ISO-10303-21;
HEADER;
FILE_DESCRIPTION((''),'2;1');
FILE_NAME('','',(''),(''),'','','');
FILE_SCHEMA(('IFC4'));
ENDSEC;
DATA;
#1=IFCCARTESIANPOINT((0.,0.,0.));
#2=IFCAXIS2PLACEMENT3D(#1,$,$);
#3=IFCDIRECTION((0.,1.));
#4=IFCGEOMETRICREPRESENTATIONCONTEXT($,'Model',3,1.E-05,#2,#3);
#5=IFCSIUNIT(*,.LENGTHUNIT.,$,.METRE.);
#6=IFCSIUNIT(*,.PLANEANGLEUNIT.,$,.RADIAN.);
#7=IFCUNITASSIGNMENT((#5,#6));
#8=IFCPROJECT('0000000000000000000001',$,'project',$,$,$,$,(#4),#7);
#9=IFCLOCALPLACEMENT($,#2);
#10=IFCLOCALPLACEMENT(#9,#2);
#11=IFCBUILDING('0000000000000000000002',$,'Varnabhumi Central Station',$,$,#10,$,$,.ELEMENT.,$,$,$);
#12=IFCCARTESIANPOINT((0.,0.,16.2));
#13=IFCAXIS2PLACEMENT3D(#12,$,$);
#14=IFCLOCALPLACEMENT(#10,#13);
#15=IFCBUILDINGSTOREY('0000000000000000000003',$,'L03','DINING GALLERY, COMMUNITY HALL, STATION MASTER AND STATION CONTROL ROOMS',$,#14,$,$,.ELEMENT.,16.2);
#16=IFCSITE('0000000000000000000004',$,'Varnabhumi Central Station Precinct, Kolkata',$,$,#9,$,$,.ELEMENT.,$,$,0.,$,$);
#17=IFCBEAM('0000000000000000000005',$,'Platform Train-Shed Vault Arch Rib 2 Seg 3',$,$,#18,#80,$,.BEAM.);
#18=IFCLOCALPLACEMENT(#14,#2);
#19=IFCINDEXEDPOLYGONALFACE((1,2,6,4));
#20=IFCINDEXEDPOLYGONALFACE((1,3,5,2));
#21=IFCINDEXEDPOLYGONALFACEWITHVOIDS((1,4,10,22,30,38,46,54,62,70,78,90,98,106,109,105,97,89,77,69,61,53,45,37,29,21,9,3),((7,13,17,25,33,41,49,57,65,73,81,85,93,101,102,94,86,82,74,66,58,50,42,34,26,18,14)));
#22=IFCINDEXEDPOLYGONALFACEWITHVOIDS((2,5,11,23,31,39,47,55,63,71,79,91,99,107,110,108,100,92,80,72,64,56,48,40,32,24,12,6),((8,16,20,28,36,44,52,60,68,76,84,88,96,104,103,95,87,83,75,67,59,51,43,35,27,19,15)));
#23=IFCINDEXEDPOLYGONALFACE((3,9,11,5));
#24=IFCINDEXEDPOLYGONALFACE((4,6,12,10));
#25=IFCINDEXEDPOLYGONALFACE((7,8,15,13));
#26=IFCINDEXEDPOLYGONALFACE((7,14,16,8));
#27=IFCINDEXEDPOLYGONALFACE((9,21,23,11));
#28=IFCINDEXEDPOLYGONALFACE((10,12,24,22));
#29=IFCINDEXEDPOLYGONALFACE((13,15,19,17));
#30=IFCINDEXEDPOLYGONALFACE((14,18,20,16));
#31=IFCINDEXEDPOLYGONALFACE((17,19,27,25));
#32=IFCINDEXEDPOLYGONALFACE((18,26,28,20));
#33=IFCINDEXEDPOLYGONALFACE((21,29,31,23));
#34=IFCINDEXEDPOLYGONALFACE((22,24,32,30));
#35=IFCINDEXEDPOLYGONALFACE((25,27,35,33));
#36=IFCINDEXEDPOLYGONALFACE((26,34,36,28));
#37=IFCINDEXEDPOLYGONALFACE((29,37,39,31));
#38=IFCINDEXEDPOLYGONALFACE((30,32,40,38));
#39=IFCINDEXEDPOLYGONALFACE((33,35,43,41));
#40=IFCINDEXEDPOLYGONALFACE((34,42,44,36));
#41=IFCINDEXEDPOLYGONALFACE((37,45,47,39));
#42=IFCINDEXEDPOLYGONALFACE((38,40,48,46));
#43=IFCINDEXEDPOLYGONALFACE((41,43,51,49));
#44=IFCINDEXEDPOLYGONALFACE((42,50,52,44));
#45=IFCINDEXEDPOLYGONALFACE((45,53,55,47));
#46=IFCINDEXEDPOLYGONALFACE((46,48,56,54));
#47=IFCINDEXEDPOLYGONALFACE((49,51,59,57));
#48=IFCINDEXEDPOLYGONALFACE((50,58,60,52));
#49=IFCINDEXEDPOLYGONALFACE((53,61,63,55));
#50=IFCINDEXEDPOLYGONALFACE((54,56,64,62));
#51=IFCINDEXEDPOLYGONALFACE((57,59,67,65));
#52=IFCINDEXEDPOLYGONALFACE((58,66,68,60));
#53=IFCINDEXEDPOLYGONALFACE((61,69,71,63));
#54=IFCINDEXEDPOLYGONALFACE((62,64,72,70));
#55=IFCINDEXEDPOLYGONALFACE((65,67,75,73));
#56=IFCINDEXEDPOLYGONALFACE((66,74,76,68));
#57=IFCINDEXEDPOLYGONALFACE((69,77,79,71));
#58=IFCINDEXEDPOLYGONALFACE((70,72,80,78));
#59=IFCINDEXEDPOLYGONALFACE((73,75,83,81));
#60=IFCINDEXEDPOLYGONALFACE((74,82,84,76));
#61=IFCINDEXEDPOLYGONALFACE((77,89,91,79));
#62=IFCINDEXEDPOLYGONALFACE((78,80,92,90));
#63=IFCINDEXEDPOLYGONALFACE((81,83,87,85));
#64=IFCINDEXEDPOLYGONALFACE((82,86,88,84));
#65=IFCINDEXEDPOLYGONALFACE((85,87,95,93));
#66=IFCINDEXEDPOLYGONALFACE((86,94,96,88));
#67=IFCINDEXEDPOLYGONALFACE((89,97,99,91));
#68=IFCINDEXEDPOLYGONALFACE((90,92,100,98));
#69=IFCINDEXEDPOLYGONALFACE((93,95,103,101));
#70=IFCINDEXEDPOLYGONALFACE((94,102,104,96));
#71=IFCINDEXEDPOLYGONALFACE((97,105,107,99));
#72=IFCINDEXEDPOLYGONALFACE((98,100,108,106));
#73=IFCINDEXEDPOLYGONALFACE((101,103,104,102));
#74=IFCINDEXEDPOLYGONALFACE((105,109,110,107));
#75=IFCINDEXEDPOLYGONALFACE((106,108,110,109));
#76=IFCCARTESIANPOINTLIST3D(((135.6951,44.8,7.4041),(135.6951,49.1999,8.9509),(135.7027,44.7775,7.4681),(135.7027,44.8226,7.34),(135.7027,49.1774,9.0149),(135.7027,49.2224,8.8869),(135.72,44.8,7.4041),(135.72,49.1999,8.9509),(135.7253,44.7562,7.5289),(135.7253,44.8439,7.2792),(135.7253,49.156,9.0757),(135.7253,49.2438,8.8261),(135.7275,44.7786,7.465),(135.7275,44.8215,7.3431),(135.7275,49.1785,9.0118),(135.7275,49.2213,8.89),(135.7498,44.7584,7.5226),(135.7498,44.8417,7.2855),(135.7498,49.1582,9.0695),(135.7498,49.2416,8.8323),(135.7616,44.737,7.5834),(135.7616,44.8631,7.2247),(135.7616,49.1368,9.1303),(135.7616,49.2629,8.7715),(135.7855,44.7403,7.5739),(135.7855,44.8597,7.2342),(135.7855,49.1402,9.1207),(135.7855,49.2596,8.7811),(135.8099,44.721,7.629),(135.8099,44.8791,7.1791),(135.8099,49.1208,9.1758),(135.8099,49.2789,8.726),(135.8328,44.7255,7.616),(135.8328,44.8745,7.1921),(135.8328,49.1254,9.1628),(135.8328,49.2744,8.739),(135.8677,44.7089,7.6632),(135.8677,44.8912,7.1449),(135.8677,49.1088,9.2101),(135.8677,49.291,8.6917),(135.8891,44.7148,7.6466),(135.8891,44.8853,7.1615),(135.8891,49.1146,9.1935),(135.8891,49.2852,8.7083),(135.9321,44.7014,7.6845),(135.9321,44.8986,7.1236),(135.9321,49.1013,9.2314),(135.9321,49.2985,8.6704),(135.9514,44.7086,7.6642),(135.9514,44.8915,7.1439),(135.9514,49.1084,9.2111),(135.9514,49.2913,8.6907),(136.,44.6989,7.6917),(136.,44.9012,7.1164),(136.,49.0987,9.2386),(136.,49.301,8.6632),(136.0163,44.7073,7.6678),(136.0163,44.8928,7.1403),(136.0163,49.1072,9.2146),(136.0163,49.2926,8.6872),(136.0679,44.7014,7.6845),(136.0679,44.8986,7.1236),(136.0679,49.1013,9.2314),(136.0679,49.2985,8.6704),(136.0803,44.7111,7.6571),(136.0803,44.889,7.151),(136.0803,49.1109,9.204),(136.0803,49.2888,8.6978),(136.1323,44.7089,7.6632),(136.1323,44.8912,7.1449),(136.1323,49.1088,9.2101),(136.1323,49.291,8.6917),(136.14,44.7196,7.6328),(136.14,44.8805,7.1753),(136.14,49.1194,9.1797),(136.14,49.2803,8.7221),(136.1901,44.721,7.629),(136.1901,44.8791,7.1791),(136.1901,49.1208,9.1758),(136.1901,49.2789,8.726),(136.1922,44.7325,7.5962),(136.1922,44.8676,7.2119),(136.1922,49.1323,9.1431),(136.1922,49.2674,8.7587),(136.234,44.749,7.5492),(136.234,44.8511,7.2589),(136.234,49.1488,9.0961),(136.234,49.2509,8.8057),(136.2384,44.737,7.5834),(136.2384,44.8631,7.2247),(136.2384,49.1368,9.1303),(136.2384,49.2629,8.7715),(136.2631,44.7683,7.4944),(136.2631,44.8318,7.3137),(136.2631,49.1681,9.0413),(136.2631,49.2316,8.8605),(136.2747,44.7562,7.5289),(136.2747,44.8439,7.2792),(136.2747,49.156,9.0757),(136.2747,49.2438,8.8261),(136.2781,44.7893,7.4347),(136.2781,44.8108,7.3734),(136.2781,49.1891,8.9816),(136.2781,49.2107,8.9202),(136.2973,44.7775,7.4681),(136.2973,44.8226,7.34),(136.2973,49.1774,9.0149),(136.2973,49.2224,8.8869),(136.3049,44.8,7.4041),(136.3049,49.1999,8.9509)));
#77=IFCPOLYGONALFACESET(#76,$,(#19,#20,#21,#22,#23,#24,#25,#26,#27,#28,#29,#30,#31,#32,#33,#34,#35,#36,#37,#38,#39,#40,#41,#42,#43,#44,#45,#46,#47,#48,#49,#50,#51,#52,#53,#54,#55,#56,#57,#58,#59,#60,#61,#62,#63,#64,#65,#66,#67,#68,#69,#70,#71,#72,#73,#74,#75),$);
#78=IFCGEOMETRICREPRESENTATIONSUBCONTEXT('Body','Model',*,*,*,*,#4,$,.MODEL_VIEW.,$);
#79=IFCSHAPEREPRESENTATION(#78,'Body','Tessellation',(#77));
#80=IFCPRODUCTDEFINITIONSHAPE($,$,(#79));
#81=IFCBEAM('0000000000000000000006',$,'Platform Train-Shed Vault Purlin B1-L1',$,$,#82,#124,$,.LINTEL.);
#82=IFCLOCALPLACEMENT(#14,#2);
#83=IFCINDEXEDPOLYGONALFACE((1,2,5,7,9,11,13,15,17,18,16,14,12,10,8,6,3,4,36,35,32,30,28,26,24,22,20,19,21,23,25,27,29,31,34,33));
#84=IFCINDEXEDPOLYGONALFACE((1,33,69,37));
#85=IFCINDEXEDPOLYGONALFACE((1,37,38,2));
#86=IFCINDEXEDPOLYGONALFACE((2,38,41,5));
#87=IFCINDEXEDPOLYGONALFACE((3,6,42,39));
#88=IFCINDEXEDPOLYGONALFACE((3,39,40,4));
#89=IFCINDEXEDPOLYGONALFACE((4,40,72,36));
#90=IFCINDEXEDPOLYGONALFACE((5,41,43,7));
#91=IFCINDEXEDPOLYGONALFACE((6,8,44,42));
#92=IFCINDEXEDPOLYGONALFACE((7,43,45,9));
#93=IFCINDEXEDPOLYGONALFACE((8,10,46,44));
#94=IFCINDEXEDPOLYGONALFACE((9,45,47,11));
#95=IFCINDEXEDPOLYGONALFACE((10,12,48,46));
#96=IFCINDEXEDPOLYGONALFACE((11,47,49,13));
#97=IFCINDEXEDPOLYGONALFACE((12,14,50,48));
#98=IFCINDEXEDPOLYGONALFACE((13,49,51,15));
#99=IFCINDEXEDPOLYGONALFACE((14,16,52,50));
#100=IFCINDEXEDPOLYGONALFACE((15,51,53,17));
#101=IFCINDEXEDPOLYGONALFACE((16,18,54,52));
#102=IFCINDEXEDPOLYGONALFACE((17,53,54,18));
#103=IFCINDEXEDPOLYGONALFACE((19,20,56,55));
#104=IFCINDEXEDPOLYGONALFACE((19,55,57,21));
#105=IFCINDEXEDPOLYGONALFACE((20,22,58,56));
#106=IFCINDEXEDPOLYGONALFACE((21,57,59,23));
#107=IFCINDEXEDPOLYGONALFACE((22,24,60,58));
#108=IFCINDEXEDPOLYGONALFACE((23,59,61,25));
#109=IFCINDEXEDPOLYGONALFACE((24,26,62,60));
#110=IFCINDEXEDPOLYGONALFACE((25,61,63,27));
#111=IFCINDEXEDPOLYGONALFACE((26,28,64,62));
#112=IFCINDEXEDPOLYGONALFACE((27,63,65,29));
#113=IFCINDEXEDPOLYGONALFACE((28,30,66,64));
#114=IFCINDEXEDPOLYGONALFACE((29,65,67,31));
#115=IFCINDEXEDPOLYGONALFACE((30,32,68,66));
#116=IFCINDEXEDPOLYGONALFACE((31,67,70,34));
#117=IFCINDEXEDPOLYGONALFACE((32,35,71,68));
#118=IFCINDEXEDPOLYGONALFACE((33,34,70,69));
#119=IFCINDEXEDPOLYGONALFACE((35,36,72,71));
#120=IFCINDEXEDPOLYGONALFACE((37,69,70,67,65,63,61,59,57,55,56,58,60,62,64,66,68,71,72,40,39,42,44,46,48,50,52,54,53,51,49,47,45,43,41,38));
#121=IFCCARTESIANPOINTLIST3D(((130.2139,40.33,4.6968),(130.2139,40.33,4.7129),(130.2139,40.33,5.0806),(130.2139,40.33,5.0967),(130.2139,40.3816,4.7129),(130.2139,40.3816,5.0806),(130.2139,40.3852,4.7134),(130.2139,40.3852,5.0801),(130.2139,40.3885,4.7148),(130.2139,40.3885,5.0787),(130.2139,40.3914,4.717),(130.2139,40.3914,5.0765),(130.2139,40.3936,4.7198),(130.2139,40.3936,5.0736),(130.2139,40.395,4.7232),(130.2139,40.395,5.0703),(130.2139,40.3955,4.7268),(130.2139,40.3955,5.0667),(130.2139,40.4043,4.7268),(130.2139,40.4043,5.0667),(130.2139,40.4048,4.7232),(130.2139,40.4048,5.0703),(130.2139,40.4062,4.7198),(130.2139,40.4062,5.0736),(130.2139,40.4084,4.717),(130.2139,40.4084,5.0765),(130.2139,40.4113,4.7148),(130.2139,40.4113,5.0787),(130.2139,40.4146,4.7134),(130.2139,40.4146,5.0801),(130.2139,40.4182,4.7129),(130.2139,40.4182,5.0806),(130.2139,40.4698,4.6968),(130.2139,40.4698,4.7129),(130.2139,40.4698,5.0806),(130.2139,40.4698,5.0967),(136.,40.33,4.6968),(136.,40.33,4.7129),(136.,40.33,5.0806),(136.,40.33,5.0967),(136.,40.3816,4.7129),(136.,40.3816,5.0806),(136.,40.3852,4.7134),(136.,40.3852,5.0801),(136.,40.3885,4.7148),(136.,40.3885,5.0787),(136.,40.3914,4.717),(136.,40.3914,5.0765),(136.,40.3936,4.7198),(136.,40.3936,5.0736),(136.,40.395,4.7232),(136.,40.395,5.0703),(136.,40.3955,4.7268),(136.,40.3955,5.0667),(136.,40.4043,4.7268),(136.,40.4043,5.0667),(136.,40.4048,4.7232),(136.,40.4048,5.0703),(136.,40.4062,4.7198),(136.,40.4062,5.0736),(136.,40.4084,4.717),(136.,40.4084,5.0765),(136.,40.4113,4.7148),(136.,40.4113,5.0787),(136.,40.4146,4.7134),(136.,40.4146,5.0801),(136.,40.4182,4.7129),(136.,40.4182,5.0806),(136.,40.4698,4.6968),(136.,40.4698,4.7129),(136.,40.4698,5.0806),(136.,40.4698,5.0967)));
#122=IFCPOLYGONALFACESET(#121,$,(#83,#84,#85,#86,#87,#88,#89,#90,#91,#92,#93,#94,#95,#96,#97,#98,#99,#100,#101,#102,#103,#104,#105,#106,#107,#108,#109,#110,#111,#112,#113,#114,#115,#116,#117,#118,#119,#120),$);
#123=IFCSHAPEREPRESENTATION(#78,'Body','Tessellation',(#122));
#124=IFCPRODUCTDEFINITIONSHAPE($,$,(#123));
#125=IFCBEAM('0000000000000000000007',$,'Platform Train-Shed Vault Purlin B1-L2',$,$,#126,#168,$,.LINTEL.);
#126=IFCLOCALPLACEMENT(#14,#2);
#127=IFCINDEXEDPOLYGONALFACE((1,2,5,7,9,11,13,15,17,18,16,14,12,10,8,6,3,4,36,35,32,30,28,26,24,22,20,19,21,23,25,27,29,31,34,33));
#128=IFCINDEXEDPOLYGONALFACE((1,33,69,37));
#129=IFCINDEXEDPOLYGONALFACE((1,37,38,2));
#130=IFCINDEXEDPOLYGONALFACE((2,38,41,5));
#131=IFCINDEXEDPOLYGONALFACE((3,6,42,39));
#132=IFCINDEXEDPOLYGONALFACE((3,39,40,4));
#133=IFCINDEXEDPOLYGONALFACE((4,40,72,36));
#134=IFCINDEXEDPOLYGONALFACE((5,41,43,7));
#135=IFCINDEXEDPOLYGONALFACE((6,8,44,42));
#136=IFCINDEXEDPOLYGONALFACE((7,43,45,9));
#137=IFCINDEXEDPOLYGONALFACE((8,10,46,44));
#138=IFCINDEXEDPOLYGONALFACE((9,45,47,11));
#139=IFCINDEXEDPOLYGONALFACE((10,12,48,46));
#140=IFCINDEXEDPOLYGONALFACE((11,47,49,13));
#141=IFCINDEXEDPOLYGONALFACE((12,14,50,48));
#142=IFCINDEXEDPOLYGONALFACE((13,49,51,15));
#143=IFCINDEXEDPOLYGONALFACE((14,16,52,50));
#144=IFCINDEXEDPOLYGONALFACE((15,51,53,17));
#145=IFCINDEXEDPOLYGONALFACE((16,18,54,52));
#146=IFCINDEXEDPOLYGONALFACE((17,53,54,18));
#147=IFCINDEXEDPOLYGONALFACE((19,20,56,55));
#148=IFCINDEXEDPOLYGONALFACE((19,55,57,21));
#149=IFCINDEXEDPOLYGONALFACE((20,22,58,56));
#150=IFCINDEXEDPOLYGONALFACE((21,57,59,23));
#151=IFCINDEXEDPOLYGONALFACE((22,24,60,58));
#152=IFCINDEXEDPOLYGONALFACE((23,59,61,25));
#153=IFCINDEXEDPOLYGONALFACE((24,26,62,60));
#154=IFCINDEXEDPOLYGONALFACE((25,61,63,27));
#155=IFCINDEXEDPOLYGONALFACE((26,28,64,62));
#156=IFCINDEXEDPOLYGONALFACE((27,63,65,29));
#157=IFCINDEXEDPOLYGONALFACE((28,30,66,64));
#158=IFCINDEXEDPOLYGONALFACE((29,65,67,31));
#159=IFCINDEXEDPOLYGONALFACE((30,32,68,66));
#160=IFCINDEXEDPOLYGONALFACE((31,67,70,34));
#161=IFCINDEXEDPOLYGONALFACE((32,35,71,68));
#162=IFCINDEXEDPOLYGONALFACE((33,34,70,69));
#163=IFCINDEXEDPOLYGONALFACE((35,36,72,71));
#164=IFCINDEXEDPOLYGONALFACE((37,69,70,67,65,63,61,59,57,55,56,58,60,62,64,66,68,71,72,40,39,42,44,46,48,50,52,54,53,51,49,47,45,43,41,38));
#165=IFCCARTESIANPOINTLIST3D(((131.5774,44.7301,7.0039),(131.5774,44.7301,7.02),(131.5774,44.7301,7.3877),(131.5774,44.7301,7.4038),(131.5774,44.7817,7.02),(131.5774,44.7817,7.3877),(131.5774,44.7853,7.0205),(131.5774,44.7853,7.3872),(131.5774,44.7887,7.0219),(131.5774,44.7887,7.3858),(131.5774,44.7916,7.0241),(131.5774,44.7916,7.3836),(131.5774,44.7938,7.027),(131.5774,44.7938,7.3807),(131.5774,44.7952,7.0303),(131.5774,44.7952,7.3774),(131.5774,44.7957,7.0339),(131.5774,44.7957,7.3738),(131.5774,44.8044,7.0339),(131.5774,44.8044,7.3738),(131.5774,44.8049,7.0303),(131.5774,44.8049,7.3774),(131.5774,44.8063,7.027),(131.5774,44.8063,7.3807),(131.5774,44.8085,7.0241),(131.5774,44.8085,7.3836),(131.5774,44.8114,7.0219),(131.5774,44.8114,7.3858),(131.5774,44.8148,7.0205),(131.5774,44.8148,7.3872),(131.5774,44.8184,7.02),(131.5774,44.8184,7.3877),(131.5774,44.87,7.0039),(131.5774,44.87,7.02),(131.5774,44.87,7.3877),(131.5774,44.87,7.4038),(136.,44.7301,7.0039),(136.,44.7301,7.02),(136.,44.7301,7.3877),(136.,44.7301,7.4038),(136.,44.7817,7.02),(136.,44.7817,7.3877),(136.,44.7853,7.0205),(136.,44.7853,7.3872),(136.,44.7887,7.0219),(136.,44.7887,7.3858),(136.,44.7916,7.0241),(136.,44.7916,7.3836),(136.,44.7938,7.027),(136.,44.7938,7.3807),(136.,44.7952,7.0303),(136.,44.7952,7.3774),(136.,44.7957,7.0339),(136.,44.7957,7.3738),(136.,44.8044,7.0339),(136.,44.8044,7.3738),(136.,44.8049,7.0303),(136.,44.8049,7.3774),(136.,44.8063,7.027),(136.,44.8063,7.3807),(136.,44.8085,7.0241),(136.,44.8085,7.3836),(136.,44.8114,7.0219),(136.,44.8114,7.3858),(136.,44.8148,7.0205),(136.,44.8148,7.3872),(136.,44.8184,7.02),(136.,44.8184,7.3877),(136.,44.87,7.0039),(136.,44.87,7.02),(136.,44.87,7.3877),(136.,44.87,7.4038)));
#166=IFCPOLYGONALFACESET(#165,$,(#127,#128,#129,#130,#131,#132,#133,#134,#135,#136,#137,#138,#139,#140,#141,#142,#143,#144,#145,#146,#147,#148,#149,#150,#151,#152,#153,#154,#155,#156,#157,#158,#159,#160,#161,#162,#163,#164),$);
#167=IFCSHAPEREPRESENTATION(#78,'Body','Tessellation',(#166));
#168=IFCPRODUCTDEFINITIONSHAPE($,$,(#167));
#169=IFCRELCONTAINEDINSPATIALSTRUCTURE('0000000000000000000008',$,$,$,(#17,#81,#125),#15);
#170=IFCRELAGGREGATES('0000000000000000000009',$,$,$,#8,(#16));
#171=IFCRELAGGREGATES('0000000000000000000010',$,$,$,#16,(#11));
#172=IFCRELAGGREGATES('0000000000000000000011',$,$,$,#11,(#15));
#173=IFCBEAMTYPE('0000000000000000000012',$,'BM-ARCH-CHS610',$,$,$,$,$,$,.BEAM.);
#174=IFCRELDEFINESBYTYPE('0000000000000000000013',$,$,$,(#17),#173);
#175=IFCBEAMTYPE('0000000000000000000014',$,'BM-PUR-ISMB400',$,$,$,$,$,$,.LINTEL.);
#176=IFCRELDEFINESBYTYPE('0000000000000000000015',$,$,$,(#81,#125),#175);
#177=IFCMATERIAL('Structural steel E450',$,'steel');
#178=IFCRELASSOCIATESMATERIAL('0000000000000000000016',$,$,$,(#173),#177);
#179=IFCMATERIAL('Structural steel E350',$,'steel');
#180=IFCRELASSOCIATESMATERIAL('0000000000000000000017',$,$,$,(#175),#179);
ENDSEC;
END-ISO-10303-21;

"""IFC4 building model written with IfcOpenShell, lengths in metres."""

from ifc_helpers import new_model, si_unit, direction, frame, origin, origin_2d, place, context, subcontext, project, spatial, hollow_circle, i_section, extrude, material, material_profile, profile_set, type_object, element, save


model = new_model("IFC4")

# Units and contexts
model_context = context("Model", 3, precision=1e-05, world=origin(), true_north=direction((0.0, 1.0)))
body_context = subcontext(model_context, "Body", "Model", "MODEL_VIEW")
ifc_project = project(units=[si_unit("LENGTHUNIT", "METRE"), si_unit("PLANEANGLEUNIT", "RADIAN")], contexts=[model_context])

# Site, building, storey
site_placement = place(None, origin())
site = spatial("IfcSite", under=ifc_project, at=site_placement, Name="Varnabhumi Central Station Precinct, Kolkata", CompositionType="ELEMENT", RefElevation=0.0)
building_placement = place(site_placement, origin())
building = spatial("IfcBuilding", under=site, at=building_placement, Name="Varnabhumi Central Station", CompositionType="ELEMENT")
storey_placement = place(building_placement, frame((0.0, 0.0, 16.2)))
storey = spatial("IfcBuildingStorey", under=building, at=storey_placement, Name="L03", Description="DINING GALLERY, COMMUNITY HALL, STATION MASTER AND STATION CONTROL ROOMS", CompositionType="ELEMENT", Elevation=16.2)

# Beams
ifc_material_1 = material(Name="Structural steel E450", Category="steel")
ifc_material_profile_1 = material_profile(ifc_material_1, hollow_circle(Radius=0.3049, WallThickness=0.0249, at=origin_2d()), Name="Structural steel E450", Category="steel")
ifc_profile_set_1 = profile_set([ifc_material_profile_1], Name="Structural steel E450")
beam_type_1 = type_object("IfcBeamType", Name="BM-ARCH-CHS610", PredefinedType="BEAM", material=ifc_profile_set_1)
beam_1_placement = place(storey_placement, frame((136.0, 44.8, 7.4041), z_axis=(0.0, 0.943396, 0.33167), x_axis=(-1.0, 0.0, 0.0)))
element("IfcBeam", 1, at=beam_1_placement, inside=storey, type_object=beam_type_1, Name="Platform Train-Shed Vault Arch Rib 2 Seg 3", PredefinedType="BEAM", context=body_context, shape_type="SweptSolid", body=[
    extrude(hollow_circle(Radius=0.3049, WallThickness=0.0249, at=origin_2d()), origin(), (0.0, 0.0, 1.0), 4.6638),
])
ifc_material_2 = material(Name="Structural steel E350", Category="steel")
ifc_material_profile_2 = material_profile(ifc_material_2, i_section(OverallWidth=0.1399, OverallDepth=0.3999, WebThickness=0.0088, FlangeThickness=0.0161, FilletRadius=0.0139, at=origin_2d()), Name="Structural steel E350", Category="steel")
ifc_profile_set_2 = profile_set([ifc_material_profile_2], Name="Structural steel E350")
beam_type_2 = type_object("IfcBeamType", Name="BM-PUR-ISMB400", PredefinedType="LINTEL", material=ifc_profile_set_2)
beam_2_placement = place(storey_placement, frame((130.2139, 40.3999, 4.8967), z_axis=(1.0, 0.0, 0.0), x_axis=(0.0, 1.0, 0.0)))
element("IfcBeam", 2, at=beam_2_placement, inside=storey, type_object=beam_type_2, Name="Platform Train-Shed Vault Purlin B1-L1", PredefinedType="LINTEL", context=body_context, shape_type="SweptSolid", body=[
    extrude(i_section(OverallWidth=0.1399, OverallDepth=0.3999, WebThickness=0.0088, FlangeThickness=0.0161, FilletRadius=0.0139, at=origin_2d()), origin(), (0.0, 0.0, 1.0), 5.7861),
])
beam_3_placement = place(storey_placement, frame((131.5774, 44.8, 7.2039), z_axis=(1.0, 0.0, 0.0), x_axis=(0.0, 1.0, 0.0)))
element("IfcBeam", 3, at=beam_3_placement, inside=storey, type_object=beam_type_2, Name="Platform Train-Shed Vault Purlin B1-L2", PredefinedType="LINTEL", context=body_context, shape_type="SweptSolid", body=[
    extrude(i_section(OverallWidth=0.1399, OverallDepth=0.3999, WebThickness=0.0088, FlangeThickness=0.0161, FilletRadius=0.0139, at=origin_2d()), origin(), (0.0, 0.0, 1.0), 4.4226),
])

save(model, "model.ifc")
